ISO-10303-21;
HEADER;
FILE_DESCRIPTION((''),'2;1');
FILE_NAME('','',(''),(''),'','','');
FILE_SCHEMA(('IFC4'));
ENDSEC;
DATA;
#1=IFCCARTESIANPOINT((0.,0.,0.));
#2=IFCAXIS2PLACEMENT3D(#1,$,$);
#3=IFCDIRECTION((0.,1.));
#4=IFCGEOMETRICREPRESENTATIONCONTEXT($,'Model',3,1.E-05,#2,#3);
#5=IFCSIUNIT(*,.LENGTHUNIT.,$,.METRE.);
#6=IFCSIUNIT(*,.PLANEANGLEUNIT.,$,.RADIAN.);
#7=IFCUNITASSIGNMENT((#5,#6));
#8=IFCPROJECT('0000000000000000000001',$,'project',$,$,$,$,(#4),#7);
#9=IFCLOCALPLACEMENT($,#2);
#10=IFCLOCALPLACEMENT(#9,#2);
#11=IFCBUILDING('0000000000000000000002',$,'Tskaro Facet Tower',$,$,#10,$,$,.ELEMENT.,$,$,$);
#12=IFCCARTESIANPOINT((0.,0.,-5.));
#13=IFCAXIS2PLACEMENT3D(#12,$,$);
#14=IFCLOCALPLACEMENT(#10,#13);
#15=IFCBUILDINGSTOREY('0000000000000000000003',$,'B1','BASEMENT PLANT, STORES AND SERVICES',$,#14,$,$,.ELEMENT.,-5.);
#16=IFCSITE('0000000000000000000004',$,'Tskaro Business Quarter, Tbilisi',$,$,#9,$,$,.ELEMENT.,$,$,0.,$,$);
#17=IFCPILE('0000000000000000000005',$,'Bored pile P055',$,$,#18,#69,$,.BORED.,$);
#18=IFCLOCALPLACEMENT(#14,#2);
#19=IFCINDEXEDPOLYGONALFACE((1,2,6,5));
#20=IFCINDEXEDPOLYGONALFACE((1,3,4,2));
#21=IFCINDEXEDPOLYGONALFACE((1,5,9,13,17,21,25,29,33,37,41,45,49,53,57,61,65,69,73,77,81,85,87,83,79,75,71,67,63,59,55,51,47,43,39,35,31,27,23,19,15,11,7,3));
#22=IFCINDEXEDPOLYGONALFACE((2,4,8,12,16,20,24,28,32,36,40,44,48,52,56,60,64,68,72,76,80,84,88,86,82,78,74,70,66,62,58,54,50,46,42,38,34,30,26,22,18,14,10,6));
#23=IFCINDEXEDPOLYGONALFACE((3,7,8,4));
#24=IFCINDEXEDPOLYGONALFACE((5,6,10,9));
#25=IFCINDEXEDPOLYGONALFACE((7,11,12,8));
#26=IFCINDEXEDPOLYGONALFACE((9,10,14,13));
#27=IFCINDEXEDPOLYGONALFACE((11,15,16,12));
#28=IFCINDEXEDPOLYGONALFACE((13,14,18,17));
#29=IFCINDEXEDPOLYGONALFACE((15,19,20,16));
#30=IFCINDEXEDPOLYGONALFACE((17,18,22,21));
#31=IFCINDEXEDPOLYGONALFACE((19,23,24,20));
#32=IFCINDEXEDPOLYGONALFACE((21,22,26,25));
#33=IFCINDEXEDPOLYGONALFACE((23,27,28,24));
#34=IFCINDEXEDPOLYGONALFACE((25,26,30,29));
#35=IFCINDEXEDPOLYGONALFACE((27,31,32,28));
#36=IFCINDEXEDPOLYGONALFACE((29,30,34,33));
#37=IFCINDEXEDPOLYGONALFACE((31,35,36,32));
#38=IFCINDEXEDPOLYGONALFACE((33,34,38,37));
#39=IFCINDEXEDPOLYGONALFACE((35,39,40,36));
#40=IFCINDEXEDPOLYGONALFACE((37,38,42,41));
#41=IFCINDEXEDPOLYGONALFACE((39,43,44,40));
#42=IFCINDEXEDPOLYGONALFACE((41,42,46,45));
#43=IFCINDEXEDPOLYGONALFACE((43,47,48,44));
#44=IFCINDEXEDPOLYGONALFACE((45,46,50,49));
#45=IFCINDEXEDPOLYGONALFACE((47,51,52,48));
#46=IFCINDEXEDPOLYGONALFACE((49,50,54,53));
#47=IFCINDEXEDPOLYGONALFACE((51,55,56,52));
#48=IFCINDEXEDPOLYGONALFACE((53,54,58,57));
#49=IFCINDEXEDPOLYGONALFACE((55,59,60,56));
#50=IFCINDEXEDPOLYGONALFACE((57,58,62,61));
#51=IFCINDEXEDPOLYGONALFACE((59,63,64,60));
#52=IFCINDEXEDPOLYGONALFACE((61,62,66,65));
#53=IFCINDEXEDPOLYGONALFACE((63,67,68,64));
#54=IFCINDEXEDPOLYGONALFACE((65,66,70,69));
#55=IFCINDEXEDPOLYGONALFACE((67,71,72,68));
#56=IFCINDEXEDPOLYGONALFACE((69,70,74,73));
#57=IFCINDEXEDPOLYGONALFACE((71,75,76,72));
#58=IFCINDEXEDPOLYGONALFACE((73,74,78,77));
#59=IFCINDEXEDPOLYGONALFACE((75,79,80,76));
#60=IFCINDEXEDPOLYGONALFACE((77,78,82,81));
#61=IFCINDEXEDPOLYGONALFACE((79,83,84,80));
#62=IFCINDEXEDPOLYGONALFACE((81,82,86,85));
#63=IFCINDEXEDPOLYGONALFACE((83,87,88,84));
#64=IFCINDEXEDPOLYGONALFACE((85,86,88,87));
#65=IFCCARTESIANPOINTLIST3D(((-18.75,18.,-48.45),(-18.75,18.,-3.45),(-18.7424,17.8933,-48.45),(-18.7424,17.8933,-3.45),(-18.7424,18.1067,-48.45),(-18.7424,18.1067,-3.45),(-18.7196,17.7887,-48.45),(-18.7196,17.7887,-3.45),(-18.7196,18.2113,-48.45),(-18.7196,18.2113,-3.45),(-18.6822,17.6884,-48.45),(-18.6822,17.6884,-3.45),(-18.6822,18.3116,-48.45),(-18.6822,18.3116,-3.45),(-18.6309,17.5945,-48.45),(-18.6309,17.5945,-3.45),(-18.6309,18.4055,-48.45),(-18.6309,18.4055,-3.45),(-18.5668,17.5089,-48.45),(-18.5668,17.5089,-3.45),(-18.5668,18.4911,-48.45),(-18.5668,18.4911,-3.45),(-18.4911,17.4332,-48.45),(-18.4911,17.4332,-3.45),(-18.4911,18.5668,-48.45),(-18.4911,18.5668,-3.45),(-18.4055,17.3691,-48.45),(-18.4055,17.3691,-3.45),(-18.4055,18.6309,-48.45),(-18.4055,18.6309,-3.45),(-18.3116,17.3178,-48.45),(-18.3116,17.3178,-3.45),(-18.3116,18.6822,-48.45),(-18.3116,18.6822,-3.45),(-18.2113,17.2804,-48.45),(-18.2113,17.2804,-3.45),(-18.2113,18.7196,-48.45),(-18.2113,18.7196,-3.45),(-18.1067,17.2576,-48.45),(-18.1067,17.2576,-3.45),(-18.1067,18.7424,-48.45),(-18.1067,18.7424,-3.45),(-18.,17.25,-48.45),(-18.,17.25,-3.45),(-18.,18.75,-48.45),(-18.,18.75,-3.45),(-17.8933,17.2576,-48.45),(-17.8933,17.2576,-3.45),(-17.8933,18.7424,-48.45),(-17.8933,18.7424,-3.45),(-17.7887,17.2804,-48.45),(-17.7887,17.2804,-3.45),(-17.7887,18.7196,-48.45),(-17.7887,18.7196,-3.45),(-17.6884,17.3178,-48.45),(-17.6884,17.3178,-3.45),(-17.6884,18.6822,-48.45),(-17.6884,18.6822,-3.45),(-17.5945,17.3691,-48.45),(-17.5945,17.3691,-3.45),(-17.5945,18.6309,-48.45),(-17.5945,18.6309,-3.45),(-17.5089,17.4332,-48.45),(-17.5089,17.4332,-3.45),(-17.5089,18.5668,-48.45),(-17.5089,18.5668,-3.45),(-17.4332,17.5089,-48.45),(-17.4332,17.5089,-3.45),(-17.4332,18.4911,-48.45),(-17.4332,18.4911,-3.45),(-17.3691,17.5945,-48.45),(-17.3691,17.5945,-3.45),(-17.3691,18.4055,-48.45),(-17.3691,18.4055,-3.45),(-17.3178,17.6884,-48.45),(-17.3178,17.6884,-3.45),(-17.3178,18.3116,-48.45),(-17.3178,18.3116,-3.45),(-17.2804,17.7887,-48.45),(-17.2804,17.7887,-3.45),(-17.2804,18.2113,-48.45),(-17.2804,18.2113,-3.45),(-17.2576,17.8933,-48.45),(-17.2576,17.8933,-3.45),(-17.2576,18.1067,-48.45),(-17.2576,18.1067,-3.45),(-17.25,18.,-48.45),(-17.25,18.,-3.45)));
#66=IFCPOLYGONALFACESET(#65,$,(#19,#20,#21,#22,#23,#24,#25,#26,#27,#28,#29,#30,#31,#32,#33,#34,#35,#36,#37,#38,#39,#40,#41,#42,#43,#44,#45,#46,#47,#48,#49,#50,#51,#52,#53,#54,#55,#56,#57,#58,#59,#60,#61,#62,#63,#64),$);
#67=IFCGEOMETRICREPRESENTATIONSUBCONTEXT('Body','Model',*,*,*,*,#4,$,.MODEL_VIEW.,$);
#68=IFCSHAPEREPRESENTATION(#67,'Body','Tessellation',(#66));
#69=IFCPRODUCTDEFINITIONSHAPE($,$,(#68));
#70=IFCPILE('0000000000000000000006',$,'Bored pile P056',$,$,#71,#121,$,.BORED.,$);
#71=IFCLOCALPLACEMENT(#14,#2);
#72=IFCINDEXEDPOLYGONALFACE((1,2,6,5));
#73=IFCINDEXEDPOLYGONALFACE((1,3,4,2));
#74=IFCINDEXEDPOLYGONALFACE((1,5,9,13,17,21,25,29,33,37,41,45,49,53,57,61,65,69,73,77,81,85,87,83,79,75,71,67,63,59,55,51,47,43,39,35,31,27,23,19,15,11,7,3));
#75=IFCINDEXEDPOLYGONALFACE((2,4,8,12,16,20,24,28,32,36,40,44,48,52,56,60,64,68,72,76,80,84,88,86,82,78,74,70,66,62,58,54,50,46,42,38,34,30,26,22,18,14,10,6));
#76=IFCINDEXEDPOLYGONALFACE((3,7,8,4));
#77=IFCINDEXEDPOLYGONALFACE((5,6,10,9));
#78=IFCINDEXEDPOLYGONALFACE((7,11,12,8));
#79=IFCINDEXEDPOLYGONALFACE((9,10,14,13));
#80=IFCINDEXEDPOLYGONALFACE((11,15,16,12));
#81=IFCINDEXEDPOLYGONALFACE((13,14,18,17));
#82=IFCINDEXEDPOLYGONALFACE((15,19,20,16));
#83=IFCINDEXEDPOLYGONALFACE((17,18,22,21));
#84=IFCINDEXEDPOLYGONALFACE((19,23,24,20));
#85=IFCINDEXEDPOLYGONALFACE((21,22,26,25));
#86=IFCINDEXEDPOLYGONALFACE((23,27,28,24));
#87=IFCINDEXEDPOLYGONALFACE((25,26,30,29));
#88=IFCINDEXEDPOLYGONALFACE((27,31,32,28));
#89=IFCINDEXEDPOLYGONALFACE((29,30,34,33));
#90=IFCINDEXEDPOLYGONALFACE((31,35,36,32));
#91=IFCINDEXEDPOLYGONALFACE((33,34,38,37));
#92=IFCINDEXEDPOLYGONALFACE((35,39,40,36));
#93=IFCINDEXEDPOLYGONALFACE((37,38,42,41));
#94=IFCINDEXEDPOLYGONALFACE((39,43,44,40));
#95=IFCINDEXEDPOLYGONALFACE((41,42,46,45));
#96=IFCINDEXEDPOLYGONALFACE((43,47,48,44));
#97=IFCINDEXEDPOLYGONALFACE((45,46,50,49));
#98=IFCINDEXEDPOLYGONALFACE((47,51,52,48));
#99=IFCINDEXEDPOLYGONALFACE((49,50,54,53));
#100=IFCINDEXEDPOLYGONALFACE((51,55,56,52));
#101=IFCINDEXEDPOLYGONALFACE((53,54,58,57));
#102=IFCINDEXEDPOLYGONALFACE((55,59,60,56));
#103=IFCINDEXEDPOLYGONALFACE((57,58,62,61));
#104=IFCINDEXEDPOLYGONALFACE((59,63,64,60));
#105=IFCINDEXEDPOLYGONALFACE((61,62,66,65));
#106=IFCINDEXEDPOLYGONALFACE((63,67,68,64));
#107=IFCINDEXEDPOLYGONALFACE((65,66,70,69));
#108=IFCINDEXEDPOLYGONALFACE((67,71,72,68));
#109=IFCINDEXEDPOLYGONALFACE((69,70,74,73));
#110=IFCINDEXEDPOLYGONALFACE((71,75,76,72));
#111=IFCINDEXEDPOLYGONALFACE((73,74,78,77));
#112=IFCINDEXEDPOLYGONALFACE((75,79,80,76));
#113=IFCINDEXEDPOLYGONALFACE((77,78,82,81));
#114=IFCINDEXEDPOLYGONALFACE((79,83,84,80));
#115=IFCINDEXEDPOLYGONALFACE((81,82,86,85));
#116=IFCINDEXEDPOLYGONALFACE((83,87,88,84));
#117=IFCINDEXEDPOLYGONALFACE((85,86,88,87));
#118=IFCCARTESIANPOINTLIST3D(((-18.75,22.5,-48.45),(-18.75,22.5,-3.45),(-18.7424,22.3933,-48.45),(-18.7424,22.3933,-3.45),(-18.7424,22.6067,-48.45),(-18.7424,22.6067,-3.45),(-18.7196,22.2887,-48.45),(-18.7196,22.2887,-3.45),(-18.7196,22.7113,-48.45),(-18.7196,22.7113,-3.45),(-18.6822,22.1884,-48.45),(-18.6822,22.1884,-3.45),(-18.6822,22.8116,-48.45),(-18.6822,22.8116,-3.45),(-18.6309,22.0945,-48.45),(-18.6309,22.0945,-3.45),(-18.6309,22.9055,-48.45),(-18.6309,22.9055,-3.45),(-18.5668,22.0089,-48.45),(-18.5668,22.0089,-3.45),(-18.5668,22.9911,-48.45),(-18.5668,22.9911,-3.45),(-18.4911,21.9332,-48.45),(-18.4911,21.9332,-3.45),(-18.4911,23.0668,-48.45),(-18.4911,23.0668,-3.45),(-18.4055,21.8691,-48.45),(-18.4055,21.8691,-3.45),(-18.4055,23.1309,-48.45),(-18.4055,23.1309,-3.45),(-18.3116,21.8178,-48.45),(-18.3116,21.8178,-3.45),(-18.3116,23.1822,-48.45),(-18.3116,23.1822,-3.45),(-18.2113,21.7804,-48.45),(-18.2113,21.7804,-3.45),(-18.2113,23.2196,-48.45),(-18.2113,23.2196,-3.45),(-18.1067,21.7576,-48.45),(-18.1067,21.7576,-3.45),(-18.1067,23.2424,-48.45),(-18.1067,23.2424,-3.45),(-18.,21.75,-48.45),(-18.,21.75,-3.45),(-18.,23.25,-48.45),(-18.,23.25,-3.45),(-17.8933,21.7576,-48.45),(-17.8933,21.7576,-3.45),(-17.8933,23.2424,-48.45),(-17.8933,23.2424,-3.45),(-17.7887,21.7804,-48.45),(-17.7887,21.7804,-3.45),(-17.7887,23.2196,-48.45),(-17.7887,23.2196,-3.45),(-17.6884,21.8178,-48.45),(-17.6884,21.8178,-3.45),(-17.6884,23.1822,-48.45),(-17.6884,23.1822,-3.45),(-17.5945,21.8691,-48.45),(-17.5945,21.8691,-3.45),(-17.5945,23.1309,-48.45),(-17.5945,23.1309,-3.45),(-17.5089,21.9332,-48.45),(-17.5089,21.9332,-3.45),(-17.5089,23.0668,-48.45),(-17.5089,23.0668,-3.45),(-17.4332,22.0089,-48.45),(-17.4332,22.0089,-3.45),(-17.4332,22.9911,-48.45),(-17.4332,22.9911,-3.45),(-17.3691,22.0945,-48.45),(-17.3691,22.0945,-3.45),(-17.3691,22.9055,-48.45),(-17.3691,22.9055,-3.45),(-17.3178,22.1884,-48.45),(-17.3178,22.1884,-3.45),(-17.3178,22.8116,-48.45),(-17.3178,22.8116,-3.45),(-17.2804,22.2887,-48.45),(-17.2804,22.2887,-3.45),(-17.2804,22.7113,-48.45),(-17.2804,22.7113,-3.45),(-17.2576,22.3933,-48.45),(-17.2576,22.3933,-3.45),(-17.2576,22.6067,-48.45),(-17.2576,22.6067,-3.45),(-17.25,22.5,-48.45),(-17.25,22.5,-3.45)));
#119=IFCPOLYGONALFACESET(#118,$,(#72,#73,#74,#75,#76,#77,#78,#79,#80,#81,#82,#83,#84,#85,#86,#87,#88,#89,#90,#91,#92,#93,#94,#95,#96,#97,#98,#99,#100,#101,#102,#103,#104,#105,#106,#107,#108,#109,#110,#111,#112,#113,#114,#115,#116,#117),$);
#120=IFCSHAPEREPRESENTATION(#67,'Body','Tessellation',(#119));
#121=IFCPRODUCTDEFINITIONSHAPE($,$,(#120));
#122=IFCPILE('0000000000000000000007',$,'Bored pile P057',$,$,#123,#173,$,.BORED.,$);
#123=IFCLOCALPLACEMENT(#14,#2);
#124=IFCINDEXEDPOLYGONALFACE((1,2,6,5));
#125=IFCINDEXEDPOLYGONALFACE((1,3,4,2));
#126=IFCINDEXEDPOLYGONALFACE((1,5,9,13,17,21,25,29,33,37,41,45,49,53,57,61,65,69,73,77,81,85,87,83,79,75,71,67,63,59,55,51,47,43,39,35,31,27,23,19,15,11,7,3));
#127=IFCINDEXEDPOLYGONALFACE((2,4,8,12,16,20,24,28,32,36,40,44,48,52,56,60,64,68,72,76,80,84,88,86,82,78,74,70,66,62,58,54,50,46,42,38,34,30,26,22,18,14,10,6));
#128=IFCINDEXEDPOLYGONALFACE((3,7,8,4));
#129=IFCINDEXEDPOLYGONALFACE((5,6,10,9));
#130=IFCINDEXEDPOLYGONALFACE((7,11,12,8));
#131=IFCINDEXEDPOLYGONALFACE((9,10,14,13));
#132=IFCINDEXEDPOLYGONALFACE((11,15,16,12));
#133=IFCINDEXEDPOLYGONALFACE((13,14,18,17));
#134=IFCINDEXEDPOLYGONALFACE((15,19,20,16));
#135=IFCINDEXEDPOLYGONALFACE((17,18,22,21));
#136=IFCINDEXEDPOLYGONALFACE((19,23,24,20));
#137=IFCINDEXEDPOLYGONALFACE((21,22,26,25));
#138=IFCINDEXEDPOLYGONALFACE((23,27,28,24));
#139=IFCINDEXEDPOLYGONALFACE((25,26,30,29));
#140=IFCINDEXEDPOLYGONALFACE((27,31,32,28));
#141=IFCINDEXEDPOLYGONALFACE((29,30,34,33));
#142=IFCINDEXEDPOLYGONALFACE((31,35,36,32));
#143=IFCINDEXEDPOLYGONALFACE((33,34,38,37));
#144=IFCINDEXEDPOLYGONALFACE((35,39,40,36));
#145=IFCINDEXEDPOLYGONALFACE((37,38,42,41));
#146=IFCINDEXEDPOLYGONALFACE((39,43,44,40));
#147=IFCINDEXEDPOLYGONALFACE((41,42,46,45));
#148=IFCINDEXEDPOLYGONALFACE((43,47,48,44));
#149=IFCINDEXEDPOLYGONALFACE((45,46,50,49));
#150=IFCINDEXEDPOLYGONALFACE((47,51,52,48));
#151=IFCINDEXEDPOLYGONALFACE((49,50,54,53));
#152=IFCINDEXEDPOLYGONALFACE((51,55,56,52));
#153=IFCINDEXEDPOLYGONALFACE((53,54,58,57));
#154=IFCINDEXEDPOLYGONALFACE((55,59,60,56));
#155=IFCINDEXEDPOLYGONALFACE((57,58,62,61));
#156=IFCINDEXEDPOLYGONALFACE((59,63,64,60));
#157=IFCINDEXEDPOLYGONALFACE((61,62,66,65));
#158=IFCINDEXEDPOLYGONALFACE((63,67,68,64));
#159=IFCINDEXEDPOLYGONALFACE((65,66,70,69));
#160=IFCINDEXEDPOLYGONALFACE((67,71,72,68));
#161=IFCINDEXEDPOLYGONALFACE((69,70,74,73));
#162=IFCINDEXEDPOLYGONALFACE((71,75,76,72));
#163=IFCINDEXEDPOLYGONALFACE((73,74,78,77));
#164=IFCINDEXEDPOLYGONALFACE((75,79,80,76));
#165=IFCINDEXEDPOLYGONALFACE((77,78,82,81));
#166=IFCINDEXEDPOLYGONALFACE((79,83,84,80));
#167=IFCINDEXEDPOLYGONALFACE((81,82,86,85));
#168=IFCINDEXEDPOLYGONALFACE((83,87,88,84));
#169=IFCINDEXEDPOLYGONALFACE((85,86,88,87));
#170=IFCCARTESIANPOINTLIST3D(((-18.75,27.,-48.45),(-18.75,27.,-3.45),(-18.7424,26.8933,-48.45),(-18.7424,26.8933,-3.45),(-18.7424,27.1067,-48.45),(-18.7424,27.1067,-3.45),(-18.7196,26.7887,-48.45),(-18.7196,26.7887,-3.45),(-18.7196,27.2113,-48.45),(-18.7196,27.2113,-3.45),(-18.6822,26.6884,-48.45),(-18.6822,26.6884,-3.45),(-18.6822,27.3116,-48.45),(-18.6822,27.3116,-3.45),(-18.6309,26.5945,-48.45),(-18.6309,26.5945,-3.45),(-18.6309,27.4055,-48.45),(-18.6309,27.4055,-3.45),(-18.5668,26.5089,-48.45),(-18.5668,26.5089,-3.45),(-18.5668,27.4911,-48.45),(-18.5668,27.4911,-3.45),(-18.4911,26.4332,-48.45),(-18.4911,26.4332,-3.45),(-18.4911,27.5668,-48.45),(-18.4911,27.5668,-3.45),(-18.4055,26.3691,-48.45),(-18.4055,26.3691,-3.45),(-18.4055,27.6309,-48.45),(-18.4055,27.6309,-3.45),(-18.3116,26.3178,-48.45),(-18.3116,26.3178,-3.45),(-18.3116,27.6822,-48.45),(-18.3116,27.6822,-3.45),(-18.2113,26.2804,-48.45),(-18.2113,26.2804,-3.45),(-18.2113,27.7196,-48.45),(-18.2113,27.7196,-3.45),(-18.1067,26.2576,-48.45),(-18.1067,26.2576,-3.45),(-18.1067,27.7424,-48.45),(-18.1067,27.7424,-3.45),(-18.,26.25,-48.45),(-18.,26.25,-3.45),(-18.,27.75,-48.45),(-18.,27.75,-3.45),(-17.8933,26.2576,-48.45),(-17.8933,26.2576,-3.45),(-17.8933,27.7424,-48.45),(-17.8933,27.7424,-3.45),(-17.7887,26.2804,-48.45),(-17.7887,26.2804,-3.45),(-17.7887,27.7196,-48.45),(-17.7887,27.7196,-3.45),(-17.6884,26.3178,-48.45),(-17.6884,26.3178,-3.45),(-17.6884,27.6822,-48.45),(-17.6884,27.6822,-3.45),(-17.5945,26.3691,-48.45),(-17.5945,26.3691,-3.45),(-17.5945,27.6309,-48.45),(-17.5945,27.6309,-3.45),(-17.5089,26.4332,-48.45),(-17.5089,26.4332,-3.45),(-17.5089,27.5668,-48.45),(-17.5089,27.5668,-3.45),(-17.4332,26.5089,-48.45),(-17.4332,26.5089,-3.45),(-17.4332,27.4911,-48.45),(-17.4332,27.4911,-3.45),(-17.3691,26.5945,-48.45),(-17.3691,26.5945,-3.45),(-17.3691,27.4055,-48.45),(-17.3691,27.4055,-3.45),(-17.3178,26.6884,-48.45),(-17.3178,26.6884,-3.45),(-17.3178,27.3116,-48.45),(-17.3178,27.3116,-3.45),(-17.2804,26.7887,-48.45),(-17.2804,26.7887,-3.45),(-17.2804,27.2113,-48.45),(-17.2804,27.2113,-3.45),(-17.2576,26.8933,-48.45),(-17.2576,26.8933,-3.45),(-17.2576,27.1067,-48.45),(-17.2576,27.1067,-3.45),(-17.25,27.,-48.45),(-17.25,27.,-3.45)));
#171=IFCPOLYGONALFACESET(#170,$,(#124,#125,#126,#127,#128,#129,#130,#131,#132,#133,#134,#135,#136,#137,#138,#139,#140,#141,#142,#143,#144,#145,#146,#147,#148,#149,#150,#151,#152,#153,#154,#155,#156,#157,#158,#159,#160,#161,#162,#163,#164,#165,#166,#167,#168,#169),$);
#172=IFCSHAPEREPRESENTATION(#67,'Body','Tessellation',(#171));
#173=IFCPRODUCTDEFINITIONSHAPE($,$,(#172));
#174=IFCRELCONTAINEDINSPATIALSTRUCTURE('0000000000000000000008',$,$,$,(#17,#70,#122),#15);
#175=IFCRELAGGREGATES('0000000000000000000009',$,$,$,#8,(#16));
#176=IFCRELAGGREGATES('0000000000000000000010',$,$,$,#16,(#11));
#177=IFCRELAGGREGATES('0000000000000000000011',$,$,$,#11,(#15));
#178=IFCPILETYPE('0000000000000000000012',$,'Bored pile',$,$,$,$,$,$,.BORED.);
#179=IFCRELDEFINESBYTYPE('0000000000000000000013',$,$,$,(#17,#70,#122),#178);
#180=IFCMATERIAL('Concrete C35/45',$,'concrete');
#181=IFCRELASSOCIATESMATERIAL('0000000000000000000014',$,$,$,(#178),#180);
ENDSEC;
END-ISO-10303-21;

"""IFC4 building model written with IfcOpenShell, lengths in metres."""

from ifc_helpers import new_model, si_unit, direction, frame, origin, origin_2d, place, context, subcontext, project, spatial, circle, extrude, material, material_profile, profile_set, type_object, element, save


model = new_model("IFC4")

# Units and contexts
model_context = context("Model", 3, precision=1e-05, world=origin(), true_north=direction((0.0, 1.0)))
body_context = subcontext(model_context, "Body", "Model", "MODEL_VIEW")
ifc_project = project(units=[si_unit("LENGTHUNIT", "METRE"), si_unit("PLANEANGLEUNIT", "RADIAN")], contexts=[model_context])

# Site, building, storey
site_placement = place(None, origin())
site = spatial("IfcSite", under=ifc_project, at=site_placement, Name="Tskaro Business Quarter, Tbilisi", CompositionType="ELEMENT", RefElevation=0.0)
building_placement = place(site_placement, origin())
building = spatial("IfcBuilding", under=site, at=building_placement, Name="Tskaro Facet Tower", CompositionType="ELEMENT")
storey_placement = place(building_placement, frame((0.0, 0.0, -5.0)))
storey = spatial("IfcBuildingStorey", under=building, at=storey_placement, Name="B1", Description="BASEMENT PLANT, STORES AND SERVICES", CompositionType="ELEMENT", Elevation=-5.0)

# Piles
ifc_material_1 = material(Name="Concrete C35/45", Category="concrete")
ifc_material_profile_1 = material_profile(ifc_material_1, circle(Radius=0.75, at=origin_2d()), Name="Bored pile")
ifc_profile_set_1 = profile_set([ifc_material_profile_1], Name="Concrete C35/45")
pile_type = type_object("IfcPileType", Name="Bored pile", PredefinedType="BORED", material=ifc_profile_set_1)
for number, where, z_axis, x_axis, name in (
    (1, (-18.0, 18.0, -3.45), (0.0, 0.0, -1.0), (1.0, 0.0, 0.0), "Bored pile P055"),
    (2, (-18.0, 22.5, -3.45), (0.0, 0.0, -1.0), (1.0, 0.0, 0.0), "Bored pile P056"),
    (3, (-18.0, 27.0, -3.45), (0.0, 0.0, -1.0), (1.0, 0.0, 0.0), "Bored pile P057"),
):
    element("IfcPile", number, at=place(storey_placement, frame(where, z_axis=z_axis, x_axis=x_axis)), inside=storey, type_object=pile_type, Name=name, PredefinedType="BORED", context=body_context, shape_type="SweptSolid", body=[
        extrude(circle(Radius=0.75, at=origin_2d()), origin(), (0.0, 0.0, 1.0), 45.0),
    ])

save(model, "model.ifc")
